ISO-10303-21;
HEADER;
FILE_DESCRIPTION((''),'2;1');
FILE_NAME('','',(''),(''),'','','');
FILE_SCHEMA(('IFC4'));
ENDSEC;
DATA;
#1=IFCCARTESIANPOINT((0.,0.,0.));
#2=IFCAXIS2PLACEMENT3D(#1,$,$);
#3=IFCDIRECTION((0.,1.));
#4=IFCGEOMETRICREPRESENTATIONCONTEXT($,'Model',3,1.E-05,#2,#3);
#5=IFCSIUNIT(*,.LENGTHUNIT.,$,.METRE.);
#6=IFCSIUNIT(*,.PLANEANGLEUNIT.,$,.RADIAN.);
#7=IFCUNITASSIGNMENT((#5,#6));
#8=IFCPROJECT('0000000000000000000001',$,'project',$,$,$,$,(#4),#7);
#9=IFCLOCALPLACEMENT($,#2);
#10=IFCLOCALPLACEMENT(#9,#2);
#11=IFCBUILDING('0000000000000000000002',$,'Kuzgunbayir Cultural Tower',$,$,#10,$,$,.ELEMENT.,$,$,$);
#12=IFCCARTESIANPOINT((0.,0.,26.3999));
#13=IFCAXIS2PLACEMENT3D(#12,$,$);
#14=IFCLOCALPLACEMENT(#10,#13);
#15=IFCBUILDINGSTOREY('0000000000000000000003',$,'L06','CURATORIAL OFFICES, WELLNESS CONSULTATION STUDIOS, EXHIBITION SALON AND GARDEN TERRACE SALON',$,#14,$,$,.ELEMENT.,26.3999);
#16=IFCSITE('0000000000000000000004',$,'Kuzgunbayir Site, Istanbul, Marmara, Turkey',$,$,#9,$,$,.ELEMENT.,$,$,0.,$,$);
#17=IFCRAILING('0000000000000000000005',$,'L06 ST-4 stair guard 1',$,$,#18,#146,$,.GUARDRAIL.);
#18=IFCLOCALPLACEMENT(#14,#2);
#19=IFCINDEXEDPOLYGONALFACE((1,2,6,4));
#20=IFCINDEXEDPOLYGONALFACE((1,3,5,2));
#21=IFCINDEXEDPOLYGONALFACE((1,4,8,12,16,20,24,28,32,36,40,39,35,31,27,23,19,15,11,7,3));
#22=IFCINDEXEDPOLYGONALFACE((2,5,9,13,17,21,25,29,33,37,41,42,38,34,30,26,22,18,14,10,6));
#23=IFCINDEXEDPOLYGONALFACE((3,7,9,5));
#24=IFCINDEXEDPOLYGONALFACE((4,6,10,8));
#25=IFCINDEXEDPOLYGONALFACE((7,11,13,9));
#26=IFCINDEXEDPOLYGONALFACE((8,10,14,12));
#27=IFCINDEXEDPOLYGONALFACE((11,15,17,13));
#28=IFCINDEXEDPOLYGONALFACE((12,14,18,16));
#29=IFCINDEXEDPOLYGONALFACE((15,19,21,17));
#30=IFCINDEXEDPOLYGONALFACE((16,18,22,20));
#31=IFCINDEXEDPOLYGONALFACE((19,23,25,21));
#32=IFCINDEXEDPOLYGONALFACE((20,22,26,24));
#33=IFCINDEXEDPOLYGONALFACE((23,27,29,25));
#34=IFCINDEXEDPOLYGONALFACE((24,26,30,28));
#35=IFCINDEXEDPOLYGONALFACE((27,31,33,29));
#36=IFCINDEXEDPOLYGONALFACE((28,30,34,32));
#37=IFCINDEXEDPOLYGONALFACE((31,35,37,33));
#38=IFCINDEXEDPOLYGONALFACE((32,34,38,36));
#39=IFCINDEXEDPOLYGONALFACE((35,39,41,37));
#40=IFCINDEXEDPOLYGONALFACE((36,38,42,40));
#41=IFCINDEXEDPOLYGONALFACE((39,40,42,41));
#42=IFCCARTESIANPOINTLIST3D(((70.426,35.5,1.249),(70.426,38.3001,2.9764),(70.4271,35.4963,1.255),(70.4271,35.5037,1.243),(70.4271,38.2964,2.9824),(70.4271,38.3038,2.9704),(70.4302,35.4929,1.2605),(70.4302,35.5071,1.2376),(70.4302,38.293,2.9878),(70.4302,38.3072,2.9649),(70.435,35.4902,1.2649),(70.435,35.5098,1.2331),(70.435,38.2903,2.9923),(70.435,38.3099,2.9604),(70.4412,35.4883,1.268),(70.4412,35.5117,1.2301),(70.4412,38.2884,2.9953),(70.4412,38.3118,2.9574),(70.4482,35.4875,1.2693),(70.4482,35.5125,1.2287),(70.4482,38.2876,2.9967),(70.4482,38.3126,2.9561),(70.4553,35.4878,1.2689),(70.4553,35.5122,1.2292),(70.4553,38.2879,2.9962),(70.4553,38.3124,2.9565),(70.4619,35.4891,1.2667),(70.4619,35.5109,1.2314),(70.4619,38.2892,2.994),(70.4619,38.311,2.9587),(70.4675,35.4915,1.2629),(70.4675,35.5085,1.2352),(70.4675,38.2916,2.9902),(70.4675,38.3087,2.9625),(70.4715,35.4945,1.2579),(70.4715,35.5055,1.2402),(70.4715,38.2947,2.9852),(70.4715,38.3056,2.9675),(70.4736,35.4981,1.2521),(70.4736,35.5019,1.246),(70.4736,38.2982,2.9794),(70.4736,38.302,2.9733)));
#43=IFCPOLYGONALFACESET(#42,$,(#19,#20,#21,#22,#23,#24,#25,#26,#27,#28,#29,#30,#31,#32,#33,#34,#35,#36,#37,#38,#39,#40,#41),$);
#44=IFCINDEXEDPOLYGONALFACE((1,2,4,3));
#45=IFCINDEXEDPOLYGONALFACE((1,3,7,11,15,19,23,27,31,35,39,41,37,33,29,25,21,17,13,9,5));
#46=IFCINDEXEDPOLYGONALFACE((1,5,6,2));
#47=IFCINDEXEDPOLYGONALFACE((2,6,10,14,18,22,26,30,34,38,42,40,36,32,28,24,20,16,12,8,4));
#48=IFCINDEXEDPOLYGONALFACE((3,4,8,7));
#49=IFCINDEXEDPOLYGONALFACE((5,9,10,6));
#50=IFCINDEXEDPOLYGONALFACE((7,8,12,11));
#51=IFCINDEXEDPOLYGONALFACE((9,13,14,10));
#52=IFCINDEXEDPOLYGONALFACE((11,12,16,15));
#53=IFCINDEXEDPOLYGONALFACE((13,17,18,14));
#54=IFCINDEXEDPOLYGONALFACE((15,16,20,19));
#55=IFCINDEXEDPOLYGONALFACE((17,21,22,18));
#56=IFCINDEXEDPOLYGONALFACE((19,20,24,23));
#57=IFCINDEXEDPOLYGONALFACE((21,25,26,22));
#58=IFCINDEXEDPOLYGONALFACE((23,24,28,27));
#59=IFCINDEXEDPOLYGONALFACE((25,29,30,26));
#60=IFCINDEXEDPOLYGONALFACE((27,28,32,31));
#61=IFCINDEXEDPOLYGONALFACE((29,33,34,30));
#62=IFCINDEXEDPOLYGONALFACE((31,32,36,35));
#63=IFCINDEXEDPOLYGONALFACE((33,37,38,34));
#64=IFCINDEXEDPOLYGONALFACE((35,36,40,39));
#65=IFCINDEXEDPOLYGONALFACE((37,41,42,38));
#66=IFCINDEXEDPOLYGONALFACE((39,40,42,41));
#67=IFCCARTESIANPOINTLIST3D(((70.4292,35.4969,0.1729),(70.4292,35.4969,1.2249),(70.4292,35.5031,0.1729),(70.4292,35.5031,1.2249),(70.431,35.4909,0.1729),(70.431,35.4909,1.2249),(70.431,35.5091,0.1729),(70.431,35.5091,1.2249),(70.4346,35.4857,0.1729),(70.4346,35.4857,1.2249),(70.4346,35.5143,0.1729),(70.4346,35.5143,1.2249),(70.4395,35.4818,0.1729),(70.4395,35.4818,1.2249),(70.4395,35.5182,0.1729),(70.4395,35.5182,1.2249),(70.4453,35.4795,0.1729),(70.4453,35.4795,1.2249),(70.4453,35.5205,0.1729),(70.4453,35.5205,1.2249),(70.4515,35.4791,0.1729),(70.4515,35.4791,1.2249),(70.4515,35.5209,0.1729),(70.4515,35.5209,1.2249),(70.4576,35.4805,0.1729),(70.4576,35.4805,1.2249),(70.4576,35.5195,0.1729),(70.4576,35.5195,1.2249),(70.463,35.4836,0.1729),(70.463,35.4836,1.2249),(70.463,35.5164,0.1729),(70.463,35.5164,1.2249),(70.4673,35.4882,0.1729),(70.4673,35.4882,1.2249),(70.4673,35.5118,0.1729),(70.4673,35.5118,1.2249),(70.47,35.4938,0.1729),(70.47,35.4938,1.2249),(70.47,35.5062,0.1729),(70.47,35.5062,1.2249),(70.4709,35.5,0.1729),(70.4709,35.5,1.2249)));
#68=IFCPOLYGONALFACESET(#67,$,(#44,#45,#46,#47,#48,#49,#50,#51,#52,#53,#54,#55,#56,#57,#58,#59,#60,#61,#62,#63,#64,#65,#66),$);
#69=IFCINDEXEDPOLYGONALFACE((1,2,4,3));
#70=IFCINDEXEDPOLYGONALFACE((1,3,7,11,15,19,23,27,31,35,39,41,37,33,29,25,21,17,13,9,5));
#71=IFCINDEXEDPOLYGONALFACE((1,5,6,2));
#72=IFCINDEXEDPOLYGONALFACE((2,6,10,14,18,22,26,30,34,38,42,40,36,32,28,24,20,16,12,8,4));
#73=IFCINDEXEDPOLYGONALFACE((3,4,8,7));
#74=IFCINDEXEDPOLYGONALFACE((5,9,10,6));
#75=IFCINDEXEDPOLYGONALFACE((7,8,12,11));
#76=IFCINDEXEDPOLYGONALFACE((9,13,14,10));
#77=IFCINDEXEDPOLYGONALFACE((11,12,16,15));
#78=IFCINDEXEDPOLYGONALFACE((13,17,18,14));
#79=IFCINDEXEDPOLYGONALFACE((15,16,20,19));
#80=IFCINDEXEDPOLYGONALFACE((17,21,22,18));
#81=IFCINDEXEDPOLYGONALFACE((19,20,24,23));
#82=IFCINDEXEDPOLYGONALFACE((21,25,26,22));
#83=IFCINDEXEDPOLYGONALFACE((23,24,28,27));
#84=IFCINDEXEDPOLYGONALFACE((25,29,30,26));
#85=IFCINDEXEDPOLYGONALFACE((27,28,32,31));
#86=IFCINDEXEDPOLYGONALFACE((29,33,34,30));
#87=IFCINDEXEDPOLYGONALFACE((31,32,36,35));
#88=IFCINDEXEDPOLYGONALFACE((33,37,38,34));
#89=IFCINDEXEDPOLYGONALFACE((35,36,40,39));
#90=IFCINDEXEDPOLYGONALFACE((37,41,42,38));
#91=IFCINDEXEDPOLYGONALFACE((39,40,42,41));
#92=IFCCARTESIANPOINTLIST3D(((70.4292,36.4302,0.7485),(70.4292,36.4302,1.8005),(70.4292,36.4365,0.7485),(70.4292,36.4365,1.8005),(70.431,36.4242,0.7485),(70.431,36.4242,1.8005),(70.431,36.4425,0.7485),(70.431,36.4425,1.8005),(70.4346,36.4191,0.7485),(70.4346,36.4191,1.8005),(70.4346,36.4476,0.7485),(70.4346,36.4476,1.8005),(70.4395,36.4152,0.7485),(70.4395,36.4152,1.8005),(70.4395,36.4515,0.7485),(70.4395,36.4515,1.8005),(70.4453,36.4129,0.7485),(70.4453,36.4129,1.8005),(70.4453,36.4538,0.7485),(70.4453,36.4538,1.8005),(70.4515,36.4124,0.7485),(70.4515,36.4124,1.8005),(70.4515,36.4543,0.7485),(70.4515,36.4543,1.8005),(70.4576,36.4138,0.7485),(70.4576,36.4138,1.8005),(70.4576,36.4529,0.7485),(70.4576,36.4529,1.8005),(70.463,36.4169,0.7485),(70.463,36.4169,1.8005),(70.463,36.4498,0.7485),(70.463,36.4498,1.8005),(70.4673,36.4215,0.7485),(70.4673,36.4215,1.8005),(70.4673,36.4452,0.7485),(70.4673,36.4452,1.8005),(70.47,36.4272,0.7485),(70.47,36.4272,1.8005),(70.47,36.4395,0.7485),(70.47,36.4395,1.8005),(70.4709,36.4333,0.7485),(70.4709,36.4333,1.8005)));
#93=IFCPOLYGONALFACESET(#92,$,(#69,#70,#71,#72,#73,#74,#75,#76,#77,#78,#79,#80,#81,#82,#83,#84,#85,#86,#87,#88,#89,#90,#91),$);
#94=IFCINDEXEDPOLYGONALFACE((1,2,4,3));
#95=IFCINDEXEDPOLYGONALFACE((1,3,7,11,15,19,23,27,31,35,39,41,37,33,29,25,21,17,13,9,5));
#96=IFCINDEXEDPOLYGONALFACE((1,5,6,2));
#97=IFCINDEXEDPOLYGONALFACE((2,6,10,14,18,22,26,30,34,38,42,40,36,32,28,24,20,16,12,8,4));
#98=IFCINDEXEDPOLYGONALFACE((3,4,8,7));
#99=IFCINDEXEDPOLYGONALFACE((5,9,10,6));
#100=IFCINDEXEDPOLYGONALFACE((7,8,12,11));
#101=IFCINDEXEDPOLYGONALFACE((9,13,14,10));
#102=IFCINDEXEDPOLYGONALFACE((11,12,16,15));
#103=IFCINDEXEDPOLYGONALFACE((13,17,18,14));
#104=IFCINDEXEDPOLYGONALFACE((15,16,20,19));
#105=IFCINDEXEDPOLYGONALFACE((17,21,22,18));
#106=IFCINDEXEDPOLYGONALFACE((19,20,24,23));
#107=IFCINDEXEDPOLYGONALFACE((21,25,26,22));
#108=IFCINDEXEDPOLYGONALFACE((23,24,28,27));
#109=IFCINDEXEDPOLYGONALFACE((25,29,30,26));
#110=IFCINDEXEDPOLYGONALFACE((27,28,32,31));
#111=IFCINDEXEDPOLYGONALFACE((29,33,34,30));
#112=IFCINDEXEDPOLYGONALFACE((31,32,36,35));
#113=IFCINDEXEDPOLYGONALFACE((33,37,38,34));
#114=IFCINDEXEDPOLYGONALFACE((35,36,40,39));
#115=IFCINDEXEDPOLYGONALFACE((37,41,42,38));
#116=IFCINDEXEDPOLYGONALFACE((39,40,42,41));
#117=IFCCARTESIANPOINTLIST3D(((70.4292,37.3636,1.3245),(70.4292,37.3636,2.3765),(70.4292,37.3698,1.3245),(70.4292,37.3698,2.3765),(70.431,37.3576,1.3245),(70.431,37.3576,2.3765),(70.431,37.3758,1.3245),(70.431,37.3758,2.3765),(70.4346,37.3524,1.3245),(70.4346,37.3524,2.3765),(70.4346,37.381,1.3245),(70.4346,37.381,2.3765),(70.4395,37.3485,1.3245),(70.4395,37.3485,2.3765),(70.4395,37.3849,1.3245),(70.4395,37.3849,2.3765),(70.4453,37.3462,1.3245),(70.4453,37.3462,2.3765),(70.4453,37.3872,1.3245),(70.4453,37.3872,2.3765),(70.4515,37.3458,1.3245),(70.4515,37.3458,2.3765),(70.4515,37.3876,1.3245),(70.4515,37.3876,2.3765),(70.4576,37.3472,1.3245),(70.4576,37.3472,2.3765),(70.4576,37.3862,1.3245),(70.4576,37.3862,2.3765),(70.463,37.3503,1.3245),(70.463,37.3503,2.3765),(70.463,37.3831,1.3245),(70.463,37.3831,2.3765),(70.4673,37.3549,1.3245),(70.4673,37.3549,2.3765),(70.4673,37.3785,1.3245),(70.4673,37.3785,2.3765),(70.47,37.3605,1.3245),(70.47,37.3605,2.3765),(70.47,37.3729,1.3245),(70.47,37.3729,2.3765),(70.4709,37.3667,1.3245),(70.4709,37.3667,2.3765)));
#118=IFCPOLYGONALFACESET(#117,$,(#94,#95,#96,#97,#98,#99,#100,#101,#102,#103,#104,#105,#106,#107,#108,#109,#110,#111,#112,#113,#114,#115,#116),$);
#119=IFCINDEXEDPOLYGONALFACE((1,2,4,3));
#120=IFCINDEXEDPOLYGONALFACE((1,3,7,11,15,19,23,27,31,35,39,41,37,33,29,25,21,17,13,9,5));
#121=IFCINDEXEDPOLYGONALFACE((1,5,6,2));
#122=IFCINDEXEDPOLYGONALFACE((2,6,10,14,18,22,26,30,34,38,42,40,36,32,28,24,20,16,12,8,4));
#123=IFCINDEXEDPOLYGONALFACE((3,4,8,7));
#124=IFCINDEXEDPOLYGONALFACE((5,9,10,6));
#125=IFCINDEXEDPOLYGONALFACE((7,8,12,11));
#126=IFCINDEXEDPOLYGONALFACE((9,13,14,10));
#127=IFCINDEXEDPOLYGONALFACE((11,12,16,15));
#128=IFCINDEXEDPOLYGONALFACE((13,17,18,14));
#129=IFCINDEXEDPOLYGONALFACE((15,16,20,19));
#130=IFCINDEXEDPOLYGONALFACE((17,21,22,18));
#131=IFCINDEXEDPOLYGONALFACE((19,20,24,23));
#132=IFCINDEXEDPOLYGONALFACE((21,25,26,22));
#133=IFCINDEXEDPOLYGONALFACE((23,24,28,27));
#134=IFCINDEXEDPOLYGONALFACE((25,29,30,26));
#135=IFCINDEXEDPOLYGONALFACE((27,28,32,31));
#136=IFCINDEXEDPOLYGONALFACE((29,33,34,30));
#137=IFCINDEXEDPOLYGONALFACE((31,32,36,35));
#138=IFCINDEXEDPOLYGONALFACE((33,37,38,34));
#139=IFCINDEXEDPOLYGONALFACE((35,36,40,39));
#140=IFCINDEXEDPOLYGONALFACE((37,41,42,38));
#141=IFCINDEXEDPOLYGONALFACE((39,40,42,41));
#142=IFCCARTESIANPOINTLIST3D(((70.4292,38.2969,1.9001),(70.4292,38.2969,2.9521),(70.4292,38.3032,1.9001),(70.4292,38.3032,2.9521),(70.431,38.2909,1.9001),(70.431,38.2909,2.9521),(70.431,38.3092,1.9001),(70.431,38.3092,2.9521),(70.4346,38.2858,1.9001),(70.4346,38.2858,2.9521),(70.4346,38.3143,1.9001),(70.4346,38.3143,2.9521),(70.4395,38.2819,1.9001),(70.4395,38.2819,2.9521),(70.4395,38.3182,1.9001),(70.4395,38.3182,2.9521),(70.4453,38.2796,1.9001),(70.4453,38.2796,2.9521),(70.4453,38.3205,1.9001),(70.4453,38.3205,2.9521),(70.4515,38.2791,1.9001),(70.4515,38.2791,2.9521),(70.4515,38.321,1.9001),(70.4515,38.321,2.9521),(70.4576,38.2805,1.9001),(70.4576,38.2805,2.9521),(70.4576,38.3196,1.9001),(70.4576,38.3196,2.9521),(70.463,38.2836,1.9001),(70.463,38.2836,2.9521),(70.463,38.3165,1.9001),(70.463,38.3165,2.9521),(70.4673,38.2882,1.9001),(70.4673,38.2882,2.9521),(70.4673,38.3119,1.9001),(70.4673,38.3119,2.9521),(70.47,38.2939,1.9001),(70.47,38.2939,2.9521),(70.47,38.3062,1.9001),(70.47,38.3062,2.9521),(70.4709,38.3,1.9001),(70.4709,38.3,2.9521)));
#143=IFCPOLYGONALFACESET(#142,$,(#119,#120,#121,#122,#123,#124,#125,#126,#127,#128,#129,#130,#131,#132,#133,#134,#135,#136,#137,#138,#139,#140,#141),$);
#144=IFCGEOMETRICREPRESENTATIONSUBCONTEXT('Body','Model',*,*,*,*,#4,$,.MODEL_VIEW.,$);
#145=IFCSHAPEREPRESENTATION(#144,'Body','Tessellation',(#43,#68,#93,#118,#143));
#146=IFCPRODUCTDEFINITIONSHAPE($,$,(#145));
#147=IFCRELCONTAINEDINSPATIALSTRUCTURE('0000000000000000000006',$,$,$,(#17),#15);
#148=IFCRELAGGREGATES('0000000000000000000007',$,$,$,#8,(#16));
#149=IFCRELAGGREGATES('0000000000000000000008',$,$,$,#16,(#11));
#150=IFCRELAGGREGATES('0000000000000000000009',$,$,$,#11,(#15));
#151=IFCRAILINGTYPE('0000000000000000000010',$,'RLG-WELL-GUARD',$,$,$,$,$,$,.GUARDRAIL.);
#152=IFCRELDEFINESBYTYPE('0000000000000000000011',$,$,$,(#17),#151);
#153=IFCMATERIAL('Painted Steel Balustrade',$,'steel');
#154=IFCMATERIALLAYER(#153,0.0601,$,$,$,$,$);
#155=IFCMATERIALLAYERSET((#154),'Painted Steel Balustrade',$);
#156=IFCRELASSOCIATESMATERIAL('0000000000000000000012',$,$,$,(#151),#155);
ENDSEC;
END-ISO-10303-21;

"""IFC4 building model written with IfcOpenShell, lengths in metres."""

from ifc_helpers import new_model, si_unit, direction, frame, origin, origin_2d, place, context, subcontext, project, spatial, circle, extrude, material, layer, layer_set, type_object, element, save


model = new_model("IFC4")

# Units and contexts
model_context = context("Model", 3, precision=1e-05, world=origin(), true_north=direction((0.0, 1.0)))
body_context = subcontext(model_context, "Body", "Model", "MODEL_VIEW")
ifc_project = project(units=[si_unit("LENGTHUNIT", "METRE"), si_unit("PLANEANGLEUNIT", "RADIAN")], contexts=[model_context])

# Site, building, storey
site_placement = place(None, origin())
site = spatial("IfcSite", under=ifc_project, at=site_placement, Name="Kuzgunbayir Site, Istanbul, Marmara, Turkey", CompositionType="ELEMENT", RefElevation=0.0)
building_placement = place(site_placement, origin())
building = spatial("IfcBuilding", under=site, at=building_placement, Name="Kuzgunbayir Cultural Tower", CompositionType="ELEMENT")
storey_placement = place(building_placement, frame((0.0, 0.0, 26.3999)))
storey = spatial("IfcBuildingStorey", under=building, at=storey_placement, Name="L06", Description="CURATORIAL OFFICES, WELLNESS CONSULTATION STUDIOS, EXHIBITION SALON AND GARDEN TERRACE SALON", CompositionType="ELEMENT", Elevation=26.3999)

# Railing
ifc_material_1 = material(Name="Painted Steel Balustrade", Category="steel")
ifc_layer_1 = layer(ifc_material_1, 0.0601)
ifc_layer_set_1 = layer_set([ifc_layer_1], Name="Painted Steel Balustrade")
railing_type_1 = type_object("IfcRailingType", Name="RLG-WELL-GUARD", PredefinedType="GUARDRAIL", material=ifc_layer_set_1)
railing_1_placement = place(storey_placement, frame((70.45, 35.5, 0.1729)))
element("IfcRailing", 1, at=railing_1_placement, inside=storey, type_object=railing_type_1, Name="L06 ST-4 stair guard 1", PredefinedType="GUARDRAIL", context=body_context, shape_type="SweptSolid", body=[
    extrude(circle(Radius=0.0239, at=origin_2d()), frame((0.0, 0.0, 1.0762), z_axis=(0.0, 0.85109, 0.52502), x_axis=(-1.0, 0.0, 0.0)), (0.0, 0.0, 1.0), 3.29),
    extrude(circle(Radius=0.021, at=origin_2d()), origin(), (0.0, 0.0, 1.0), 1.052),
    extrude(circle(Radius=0.021, at=origin_2d()), frame((0.0, 0.9333, 0.5757)), (0.0, 0.0, 1.0), 1.052),
    extrude(circle(Radius=0.021, at=origin_2d()), frame((0.0, 1.8667, 1.1516)), (0.0, 0.0, 1.0), 1.052),
    extrude(circle(Radius=0.021, at=origin_2d()), frame((0.0, 2.8, 1.7273)), (0.0, 0.0, 1.0), 1.052),
])

save(model, "model.ifc")
